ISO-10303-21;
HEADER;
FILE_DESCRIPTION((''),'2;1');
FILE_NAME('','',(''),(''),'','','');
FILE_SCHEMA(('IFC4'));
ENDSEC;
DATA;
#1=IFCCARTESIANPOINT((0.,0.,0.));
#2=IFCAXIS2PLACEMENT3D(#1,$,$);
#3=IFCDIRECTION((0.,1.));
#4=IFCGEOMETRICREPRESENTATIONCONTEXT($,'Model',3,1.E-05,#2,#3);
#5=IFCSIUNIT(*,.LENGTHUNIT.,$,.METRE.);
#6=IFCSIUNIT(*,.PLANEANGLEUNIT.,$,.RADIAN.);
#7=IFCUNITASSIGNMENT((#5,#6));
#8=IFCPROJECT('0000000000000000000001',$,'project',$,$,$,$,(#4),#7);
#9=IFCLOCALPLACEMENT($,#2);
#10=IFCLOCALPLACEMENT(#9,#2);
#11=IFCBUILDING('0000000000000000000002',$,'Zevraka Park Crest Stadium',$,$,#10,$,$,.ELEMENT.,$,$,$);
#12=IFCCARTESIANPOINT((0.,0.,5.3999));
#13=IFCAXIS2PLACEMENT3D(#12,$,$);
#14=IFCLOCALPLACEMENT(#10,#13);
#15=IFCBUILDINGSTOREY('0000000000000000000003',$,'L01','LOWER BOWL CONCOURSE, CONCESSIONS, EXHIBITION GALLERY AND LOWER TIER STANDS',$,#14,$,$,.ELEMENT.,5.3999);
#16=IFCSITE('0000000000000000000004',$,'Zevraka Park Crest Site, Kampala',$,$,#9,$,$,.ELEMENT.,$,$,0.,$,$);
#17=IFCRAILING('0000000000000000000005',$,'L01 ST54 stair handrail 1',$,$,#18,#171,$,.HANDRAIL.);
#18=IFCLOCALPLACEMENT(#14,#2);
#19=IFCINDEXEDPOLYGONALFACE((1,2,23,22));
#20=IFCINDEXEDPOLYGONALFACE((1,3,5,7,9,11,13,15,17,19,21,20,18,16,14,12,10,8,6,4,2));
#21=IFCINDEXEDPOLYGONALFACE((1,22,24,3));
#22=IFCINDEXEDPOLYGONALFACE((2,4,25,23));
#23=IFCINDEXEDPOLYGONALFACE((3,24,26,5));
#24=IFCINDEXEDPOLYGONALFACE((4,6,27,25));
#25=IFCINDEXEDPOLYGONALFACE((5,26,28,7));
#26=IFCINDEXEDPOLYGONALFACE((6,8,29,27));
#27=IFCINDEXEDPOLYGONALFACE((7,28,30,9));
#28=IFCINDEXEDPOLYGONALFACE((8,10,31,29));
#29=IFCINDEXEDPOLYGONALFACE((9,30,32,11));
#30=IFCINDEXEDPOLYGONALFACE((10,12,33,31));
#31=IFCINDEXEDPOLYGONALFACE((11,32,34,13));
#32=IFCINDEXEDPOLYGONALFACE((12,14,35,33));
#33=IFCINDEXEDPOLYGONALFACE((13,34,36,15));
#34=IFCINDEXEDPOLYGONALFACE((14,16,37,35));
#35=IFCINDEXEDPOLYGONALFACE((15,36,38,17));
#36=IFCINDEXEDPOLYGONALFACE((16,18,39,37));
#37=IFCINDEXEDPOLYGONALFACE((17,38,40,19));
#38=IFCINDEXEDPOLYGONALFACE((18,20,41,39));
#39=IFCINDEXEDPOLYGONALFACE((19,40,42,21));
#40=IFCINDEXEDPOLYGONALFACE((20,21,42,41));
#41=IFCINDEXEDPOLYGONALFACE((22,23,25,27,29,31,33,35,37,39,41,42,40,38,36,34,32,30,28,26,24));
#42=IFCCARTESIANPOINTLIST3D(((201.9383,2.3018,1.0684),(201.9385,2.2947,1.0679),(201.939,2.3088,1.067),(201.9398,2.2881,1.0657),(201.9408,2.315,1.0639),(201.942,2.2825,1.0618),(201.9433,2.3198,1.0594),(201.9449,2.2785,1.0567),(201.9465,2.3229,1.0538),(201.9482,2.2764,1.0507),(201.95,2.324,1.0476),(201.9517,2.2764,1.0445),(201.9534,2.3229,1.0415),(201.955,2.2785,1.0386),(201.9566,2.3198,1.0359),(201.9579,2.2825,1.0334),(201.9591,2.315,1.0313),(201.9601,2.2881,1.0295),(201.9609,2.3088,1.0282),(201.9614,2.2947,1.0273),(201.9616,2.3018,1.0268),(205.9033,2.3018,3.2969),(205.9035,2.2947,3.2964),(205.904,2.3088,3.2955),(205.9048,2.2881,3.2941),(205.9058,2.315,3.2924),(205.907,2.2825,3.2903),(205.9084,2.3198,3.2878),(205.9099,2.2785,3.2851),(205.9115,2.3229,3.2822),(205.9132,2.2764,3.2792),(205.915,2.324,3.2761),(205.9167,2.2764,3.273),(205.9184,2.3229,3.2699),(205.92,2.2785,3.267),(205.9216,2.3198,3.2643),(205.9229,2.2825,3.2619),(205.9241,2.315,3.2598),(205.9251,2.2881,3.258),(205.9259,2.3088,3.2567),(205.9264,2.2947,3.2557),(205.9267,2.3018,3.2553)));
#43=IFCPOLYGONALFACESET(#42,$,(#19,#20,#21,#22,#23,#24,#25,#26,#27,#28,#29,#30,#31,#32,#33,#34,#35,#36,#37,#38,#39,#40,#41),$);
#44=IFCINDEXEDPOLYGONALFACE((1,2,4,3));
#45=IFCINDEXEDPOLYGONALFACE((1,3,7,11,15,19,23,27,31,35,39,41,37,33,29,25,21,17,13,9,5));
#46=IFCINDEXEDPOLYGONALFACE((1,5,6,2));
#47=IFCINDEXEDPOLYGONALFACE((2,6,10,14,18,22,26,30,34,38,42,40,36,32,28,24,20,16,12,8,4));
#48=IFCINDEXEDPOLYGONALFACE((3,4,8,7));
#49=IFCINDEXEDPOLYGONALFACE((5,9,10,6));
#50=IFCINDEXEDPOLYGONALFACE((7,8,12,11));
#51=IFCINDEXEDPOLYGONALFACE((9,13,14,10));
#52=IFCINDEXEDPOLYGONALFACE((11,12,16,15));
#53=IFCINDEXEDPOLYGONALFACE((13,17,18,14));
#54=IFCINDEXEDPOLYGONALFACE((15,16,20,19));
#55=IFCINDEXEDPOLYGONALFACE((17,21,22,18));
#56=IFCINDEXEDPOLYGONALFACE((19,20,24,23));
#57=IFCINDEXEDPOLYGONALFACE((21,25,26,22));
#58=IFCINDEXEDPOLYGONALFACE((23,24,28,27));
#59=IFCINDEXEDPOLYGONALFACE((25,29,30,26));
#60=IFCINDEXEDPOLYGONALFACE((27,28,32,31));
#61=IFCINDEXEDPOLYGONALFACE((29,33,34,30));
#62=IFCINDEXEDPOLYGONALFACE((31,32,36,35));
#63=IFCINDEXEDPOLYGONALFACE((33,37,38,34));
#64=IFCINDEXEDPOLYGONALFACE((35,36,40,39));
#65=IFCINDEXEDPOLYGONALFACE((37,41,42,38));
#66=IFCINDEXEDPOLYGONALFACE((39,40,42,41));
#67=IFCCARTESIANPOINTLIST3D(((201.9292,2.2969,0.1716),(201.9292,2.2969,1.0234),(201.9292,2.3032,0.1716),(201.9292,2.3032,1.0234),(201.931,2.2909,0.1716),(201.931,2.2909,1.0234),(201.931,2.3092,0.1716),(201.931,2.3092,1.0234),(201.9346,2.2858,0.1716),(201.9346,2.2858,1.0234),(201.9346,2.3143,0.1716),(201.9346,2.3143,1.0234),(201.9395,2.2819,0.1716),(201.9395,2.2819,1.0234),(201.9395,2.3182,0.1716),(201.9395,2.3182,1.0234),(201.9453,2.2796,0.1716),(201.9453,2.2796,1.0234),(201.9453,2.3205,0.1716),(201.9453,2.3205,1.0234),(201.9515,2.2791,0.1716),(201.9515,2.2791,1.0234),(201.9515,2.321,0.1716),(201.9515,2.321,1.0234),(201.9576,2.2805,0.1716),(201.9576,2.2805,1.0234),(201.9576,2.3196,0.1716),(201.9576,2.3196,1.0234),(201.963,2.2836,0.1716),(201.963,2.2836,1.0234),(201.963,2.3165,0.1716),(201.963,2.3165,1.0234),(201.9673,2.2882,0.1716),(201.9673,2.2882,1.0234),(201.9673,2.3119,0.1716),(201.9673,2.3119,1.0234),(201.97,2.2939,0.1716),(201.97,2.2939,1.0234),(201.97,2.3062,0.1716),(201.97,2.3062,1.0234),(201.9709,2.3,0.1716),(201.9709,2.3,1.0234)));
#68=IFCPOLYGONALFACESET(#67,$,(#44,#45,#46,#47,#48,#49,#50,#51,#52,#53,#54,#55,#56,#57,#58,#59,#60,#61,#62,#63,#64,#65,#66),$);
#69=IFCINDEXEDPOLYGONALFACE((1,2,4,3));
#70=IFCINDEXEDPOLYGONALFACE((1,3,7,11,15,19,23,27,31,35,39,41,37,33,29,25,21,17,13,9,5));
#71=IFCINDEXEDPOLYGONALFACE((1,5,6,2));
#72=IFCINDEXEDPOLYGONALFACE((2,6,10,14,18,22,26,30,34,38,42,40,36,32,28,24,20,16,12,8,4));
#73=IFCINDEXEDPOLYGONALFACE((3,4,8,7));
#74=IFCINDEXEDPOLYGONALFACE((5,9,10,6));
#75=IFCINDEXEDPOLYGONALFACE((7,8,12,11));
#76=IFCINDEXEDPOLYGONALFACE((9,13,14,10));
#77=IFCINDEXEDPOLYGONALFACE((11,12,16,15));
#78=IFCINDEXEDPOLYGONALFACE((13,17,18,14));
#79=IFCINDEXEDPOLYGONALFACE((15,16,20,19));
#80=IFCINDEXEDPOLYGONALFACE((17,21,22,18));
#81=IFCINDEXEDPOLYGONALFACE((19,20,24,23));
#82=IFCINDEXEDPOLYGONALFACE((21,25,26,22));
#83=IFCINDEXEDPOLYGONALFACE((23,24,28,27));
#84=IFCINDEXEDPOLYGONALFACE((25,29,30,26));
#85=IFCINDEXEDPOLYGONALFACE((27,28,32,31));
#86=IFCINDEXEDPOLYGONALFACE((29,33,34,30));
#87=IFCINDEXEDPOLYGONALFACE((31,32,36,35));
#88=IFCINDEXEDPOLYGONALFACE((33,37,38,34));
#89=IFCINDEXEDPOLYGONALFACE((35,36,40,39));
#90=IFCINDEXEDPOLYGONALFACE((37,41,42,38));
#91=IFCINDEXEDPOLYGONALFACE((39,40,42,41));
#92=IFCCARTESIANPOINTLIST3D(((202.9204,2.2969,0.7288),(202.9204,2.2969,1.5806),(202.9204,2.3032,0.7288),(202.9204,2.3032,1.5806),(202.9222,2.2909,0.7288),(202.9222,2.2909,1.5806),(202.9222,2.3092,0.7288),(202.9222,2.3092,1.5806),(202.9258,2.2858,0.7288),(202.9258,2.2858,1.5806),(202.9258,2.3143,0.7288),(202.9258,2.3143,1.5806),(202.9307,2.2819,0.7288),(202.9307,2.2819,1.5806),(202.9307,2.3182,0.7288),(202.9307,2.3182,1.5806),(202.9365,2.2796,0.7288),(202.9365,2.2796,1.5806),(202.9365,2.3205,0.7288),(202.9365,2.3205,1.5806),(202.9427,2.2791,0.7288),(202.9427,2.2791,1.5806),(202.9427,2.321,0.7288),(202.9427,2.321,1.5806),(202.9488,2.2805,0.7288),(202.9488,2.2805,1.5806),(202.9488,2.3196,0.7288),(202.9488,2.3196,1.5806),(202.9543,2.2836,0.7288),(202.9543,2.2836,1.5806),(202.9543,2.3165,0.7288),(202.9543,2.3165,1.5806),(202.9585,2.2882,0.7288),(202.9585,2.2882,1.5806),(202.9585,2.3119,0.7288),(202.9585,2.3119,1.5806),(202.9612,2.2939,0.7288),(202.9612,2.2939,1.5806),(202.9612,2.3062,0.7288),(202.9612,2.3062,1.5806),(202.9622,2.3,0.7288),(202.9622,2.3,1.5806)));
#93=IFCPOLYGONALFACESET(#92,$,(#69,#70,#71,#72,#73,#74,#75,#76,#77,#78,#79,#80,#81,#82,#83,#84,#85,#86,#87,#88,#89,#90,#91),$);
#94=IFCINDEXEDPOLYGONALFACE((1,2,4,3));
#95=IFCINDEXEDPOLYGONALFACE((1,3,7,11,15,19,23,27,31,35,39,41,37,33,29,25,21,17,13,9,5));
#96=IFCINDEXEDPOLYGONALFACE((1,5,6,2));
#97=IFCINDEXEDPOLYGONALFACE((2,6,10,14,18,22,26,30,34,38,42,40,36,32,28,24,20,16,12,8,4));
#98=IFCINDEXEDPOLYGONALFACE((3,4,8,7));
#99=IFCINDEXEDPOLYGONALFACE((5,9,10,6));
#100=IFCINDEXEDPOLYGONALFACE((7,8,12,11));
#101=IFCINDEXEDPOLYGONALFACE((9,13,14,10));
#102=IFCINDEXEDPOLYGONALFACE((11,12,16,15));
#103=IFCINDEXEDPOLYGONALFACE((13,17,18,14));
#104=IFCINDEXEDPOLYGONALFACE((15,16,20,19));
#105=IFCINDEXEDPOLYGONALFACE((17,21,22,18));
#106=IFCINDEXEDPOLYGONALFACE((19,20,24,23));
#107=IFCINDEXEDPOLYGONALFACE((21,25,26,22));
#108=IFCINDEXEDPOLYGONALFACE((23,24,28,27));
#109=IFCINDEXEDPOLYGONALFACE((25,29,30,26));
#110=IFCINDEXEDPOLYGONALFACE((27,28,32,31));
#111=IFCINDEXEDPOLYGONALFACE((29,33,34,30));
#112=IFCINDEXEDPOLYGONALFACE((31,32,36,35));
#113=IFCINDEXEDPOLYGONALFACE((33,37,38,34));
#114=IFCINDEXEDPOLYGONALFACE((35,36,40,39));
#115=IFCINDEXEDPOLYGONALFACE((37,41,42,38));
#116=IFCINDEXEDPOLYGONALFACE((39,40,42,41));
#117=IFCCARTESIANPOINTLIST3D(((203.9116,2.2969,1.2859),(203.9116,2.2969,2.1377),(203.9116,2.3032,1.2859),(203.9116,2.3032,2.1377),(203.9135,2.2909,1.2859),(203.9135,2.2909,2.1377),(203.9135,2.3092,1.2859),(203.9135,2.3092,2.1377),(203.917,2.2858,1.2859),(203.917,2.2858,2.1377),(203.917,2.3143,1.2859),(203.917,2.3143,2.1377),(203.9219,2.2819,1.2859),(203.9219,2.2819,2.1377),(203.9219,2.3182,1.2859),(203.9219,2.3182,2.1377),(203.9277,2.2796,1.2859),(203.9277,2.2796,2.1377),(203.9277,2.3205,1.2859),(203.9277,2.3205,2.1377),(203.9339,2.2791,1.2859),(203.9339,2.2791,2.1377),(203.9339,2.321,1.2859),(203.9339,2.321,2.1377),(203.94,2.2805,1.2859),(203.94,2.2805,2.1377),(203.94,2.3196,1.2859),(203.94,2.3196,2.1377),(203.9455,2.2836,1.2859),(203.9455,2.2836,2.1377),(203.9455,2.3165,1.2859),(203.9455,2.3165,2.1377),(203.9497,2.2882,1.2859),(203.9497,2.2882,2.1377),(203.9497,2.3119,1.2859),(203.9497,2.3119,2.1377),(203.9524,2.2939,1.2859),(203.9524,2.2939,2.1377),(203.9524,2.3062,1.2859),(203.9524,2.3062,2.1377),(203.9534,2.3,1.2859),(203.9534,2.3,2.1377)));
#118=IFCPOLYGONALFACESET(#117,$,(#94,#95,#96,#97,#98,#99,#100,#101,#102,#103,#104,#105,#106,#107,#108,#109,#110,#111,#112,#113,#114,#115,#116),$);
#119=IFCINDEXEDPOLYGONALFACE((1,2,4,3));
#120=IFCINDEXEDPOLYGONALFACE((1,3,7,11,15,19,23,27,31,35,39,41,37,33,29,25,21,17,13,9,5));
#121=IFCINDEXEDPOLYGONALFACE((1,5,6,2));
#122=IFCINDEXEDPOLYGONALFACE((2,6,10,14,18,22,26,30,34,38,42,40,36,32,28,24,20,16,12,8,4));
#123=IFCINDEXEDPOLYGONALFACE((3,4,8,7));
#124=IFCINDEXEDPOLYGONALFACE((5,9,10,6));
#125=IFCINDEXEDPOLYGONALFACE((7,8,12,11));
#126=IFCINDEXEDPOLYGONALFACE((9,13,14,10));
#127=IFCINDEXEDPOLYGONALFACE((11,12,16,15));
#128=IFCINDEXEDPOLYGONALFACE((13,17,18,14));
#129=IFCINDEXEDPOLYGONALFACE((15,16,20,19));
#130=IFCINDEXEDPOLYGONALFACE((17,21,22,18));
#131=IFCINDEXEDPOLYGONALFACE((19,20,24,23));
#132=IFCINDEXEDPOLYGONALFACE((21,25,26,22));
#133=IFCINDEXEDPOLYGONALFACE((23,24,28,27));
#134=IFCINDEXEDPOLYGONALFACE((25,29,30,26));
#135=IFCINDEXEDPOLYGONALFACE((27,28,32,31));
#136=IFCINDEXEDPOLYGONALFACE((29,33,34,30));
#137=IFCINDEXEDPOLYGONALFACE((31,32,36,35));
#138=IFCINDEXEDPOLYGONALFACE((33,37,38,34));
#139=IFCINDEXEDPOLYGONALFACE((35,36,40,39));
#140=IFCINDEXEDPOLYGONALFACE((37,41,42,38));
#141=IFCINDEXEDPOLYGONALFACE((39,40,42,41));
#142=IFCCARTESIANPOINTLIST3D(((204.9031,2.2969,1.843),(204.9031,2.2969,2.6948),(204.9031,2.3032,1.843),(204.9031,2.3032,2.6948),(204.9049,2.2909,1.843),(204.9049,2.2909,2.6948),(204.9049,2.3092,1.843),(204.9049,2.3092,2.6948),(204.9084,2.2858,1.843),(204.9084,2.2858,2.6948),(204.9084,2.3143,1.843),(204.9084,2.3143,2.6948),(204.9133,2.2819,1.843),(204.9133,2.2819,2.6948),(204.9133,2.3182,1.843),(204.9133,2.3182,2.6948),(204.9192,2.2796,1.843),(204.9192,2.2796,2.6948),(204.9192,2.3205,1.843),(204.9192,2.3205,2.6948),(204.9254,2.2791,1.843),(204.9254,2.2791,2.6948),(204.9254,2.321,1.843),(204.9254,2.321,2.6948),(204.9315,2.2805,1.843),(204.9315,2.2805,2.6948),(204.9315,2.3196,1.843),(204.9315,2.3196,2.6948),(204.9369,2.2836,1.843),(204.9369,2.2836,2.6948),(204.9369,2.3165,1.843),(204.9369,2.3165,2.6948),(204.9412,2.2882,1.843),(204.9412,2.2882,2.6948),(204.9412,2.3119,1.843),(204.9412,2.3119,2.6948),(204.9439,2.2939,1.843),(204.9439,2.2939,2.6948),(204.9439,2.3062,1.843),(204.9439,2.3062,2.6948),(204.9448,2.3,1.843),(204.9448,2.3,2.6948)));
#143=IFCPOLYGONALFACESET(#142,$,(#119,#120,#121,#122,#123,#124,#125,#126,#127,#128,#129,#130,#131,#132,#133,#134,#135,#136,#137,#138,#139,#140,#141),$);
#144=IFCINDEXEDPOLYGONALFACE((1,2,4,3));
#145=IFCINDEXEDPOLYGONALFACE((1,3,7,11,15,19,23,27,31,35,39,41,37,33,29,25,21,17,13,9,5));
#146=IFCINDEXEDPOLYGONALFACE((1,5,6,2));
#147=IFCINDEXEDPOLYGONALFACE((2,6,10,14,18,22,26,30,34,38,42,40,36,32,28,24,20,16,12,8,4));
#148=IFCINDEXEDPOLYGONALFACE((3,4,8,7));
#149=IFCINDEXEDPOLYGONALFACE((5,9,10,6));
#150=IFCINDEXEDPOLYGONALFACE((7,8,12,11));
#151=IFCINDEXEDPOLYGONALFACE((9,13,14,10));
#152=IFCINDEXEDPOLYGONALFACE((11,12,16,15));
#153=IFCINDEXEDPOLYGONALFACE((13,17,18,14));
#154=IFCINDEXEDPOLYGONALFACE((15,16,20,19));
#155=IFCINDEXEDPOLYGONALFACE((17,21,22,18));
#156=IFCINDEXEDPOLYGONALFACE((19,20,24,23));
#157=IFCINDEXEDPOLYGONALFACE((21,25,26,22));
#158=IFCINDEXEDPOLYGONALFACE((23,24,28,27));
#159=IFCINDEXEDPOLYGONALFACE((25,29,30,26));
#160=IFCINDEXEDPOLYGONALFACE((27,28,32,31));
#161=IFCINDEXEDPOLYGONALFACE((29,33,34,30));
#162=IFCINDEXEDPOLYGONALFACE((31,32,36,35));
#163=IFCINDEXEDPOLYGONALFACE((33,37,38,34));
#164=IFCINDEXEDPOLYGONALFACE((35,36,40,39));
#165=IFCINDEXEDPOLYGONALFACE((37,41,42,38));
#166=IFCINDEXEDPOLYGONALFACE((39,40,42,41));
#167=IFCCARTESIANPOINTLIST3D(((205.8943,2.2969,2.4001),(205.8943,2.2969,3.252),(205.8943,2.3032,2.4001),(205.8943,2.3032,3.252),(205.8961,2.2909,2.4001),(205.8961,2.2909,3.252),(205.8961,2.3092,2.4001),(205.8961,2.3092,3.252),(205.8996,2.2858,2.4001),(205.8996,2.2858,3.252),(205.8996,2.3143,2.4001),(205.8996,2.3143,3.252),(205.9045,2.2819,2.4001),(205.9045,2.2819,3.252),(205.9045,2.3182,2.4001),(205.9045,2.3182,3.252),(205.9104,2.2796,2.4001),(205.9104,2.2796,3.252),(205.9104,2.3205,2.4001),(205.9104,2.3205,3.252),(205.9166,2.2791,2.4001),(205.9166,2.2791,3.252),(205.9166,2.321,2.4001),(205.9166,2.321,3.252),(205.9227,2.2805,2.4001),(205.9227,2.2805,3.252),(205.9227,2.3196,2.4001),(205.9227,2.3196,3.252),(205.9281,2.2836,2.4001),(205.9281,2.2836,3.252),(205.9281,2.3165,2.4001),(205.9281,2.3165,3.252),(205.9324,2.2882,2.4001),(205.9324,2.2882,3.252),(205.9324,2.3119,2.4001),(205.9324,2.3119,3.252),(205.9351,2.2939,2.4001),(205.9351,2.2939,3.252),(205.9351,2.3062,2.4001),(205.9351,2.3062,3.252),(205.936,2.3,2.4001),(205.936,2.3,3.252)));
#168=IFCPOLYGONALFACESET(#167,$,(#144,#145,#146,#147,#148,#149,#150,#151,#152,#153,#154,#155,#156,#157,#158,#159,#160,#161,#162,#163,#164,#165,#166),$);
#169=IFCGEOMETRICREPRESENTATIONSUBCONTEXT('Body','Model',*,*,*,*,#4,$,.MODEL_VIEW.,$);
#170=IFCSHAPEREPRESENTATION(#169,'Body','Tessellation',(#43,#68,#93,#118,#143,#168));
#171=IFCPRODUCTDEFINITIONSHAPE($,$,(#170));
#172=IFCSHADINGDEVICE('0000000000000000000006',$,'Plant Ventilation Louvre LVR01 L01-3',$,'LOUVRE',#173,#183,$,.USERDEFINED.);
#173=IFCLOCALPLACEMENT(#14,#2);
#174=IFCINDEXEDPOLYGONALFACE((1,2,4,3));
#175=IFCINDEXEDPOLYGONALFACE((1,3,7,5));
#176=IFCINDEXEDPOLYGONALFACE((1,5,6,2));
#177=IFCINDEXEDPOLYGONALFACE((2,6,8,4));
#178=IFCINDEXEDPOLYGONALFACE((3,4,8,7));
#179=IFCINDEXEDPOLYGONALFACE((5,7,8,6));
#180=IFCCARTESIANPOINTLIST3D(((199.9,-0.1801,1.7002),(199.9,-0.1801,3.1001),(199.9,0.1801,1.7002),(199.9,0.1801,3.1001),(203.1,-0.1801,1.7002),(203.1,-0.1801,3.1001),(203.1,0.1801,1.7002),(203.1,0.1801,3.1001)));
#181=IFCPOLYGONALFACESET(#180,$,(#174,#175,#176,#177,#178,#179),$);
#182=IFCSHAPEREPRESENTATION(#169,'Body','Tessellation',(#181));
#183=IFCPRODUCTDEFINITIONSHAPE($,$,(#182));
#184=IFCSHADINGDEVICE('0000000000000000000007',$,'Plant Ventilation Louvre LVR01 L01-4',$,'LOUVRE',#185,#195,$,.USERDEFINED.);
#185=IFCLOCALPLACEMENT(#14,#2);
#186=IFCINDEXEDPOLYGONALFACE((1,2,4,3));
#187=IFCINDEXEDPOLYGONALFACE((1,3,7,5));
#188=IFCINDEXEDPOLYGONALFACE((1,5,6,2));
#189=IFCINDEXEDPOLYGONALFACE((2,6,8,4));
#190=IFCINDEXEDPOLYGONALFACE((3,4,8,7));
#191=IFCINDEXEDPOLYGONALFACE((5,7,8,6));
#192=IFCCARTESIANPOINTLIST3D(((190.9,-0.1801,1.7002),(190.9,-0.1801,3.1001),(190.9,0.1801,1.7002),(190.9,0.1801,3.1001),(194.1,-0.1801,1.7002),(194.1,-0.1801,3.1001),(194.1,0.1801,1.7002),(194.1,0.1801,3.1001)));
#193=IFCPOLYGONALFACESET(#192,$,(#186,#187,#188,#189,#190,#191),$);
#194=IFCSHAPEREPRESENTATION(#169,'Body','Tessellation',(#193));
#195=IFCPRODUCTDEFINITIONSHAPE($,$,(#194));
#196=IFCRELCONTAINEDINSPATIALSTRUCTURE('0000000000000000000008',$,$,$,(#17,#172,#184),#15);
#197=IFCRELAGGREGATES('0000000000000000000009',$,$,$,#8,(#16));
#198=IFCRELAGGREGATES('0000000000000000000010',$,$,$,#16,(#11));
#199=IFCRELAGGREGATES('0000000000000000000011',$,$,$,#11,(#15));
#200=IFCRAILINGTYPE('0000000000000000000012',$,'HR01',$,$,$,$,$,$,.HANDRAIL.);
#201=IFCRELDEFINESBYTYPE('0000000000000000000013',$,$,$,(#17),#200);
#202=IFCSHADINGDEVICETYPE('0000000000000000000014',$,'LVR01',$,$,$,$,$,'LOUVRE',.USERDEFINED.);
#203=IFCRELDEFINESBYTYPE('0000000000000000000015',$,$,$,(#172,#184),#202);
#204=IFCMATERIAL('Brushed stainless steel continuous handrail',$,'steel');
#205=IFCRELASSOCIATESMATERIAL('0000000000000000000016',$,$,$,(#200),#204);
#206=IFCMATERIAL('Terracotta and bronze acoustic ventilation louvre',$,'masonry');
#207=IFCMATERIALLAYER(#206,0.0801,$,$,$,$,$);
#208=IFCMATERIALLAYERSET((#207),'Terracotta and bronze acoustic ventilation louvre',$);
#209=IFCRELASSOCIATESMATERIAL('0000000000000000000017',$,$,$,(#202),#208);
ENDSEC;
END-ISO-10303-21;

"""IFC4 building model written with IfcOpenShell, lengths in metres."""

from ifc_helpers import new_model, si_unit, direction, frame, origin, origin_2d, place, context, subcontext, project, spatial, rectangle, circle, extrude, material, layer, layer_set, type_object, element, save


model = new_model("IFC4")

# Units and contexts
model_context = context("Model", 3, precision=1e-05, world=origin(), true_north=direction((0.0, 1.0)))
body_context = subcontext(model_context, "Body", "Model", "MODEL_VIEW")
ifc_project = project(units=[si_unit("LENGTHUNIT", "METRE"), si_unit("PLANEANGLEUNIT", "RADIAN")], contexts=[model_context])

# Site, building, storey
site_placement = place(None, origin())
site = spatial("IfcSite", under=ifc_project, at=site_placement, Name="Zevraka Park Crest Site, Kampala", CompositionType="ELEMENT", RefElevation=0.0)
building_placement = place(site_placement, origin())
building = spatial("IfcBuilding", under=site, at=building_placement, Name="Zevraka Park Crest Stadium", CompositionType="ELEMENT")
storey_placement = place(building_placement, frame((0.0, 0.0, 5.3999)))
storey = spatial("IfcBuildingStorey", under=building, at=storey_placement, Name="L01", Description="LOWER BOWL CONCOURSE, CONCESSIONS, EXHIBITION GALLERY AND LOWER TIER STANDS", CompositionType="ELEMENT", Elevation=5.3999)

# Railing
ifc_material_1 = material(Name="Brushed stainless steel continuous handrail", Category="steel")
railing_type_1 = type_object("IfcRailingType", Name="HR01", PredefinedType="HANDRAIL", material=ifc_material_1)
railing_1_placement = place(storey_placement, frame((201.95, 2.3, 0.1716)))
element("IfcRailing", 1, at=railing_1_placement, inside=storey, type_object=railing_type_1, Name="L01 ST54 stair handrail 1", PredefinedType="HANDRAIL", context=body_context, shape_type="SweptSolid", body=[
    extrude(circle(Radius=0.0239, at=origin_2d()), frame((0.0, 0.0, 0.876), z_axis=(0.871749, 0.0, 0.489953), x_axis=(0.0, 1.0, 0.0)), (0.0, 0.0, 1.0), 4.5483),
    extrude(circle(Radius=0.021, at=origin_2d()), origin(), (0.0, 0.0, 1.0), 0.8518),
    extrude(circle(Radius=0.021, at=origin_2d()), frame((0.9912, 0.0, 0.5571)), (0.0, 0.0, 1.0), 0.8518),
    extrude(circle(Radius=0.021, at=origin_2d()), frame((1.9824, 0.0, 1.1143)), (0.0, 0.0, 1.0), 0.8518),
    extrude(circle(Radius=0.021, at=origin_2d()), frame((2.9739, 0.0, 1.6714)), (0.0, 0.0, 1.0), 0.8518),
    extrude(circle(Radius=0.021, at=origin_2d()), frame((3.9651, 0.0, 2.2285)), (0.0, 0.0, 1.0), 0.8518),
])

# Shading devices
ifc_material_2 = material(Name="Terracotta and bronze acoustic ventilation louvre", Category="masonry")
ifc_layer_1 = layer(ifc_material_2, 0.0801)
ifc_layer_set_1 = layer_set([ifc_layer_1], Name="Terracotta and bronze acoustic ventilation louvre")
shading_device_type = type_object("IfcShadingDeviceType", Name="LVR01", ElementType="LOUVRE", PredefinedType="USERDEFINED", material=ifc_layer_set_1)
for number, where, z_axis, x_axis, name in (
    (2, (201.5, 0.0, 1.7002), (0.0, 0.0, 1.0), (-1.0, 0.0, 0.0), "Plant Ventilation Louvre LVR01 L01-3"),
    (3, (192.5, 0.0, 1.7002), (0.0, 0.0, 1.0), (-1.0, 0.0, 0.0), "Plant Ventilation Louvre LVR01 L01-4"),
):
    element("IfcShadingDevice", number, at=place(storey_placement, frame(where, z_axis=z_axis, x_axis=x_axis)), inside=storey, type_object=shading_device_type, Name=name, ObjectType="LOUVRE", PredefinedType="USERDEFINED", context=body_context, shape_type="SweptSolid", body=[
        extrude(rectangle(XDim=3.2, YDim=0.3601, at=origin_2d()), origin(), (0.0, 0.0, 1.0), 1.3999),
    ])

save(model, "model.ifc")
